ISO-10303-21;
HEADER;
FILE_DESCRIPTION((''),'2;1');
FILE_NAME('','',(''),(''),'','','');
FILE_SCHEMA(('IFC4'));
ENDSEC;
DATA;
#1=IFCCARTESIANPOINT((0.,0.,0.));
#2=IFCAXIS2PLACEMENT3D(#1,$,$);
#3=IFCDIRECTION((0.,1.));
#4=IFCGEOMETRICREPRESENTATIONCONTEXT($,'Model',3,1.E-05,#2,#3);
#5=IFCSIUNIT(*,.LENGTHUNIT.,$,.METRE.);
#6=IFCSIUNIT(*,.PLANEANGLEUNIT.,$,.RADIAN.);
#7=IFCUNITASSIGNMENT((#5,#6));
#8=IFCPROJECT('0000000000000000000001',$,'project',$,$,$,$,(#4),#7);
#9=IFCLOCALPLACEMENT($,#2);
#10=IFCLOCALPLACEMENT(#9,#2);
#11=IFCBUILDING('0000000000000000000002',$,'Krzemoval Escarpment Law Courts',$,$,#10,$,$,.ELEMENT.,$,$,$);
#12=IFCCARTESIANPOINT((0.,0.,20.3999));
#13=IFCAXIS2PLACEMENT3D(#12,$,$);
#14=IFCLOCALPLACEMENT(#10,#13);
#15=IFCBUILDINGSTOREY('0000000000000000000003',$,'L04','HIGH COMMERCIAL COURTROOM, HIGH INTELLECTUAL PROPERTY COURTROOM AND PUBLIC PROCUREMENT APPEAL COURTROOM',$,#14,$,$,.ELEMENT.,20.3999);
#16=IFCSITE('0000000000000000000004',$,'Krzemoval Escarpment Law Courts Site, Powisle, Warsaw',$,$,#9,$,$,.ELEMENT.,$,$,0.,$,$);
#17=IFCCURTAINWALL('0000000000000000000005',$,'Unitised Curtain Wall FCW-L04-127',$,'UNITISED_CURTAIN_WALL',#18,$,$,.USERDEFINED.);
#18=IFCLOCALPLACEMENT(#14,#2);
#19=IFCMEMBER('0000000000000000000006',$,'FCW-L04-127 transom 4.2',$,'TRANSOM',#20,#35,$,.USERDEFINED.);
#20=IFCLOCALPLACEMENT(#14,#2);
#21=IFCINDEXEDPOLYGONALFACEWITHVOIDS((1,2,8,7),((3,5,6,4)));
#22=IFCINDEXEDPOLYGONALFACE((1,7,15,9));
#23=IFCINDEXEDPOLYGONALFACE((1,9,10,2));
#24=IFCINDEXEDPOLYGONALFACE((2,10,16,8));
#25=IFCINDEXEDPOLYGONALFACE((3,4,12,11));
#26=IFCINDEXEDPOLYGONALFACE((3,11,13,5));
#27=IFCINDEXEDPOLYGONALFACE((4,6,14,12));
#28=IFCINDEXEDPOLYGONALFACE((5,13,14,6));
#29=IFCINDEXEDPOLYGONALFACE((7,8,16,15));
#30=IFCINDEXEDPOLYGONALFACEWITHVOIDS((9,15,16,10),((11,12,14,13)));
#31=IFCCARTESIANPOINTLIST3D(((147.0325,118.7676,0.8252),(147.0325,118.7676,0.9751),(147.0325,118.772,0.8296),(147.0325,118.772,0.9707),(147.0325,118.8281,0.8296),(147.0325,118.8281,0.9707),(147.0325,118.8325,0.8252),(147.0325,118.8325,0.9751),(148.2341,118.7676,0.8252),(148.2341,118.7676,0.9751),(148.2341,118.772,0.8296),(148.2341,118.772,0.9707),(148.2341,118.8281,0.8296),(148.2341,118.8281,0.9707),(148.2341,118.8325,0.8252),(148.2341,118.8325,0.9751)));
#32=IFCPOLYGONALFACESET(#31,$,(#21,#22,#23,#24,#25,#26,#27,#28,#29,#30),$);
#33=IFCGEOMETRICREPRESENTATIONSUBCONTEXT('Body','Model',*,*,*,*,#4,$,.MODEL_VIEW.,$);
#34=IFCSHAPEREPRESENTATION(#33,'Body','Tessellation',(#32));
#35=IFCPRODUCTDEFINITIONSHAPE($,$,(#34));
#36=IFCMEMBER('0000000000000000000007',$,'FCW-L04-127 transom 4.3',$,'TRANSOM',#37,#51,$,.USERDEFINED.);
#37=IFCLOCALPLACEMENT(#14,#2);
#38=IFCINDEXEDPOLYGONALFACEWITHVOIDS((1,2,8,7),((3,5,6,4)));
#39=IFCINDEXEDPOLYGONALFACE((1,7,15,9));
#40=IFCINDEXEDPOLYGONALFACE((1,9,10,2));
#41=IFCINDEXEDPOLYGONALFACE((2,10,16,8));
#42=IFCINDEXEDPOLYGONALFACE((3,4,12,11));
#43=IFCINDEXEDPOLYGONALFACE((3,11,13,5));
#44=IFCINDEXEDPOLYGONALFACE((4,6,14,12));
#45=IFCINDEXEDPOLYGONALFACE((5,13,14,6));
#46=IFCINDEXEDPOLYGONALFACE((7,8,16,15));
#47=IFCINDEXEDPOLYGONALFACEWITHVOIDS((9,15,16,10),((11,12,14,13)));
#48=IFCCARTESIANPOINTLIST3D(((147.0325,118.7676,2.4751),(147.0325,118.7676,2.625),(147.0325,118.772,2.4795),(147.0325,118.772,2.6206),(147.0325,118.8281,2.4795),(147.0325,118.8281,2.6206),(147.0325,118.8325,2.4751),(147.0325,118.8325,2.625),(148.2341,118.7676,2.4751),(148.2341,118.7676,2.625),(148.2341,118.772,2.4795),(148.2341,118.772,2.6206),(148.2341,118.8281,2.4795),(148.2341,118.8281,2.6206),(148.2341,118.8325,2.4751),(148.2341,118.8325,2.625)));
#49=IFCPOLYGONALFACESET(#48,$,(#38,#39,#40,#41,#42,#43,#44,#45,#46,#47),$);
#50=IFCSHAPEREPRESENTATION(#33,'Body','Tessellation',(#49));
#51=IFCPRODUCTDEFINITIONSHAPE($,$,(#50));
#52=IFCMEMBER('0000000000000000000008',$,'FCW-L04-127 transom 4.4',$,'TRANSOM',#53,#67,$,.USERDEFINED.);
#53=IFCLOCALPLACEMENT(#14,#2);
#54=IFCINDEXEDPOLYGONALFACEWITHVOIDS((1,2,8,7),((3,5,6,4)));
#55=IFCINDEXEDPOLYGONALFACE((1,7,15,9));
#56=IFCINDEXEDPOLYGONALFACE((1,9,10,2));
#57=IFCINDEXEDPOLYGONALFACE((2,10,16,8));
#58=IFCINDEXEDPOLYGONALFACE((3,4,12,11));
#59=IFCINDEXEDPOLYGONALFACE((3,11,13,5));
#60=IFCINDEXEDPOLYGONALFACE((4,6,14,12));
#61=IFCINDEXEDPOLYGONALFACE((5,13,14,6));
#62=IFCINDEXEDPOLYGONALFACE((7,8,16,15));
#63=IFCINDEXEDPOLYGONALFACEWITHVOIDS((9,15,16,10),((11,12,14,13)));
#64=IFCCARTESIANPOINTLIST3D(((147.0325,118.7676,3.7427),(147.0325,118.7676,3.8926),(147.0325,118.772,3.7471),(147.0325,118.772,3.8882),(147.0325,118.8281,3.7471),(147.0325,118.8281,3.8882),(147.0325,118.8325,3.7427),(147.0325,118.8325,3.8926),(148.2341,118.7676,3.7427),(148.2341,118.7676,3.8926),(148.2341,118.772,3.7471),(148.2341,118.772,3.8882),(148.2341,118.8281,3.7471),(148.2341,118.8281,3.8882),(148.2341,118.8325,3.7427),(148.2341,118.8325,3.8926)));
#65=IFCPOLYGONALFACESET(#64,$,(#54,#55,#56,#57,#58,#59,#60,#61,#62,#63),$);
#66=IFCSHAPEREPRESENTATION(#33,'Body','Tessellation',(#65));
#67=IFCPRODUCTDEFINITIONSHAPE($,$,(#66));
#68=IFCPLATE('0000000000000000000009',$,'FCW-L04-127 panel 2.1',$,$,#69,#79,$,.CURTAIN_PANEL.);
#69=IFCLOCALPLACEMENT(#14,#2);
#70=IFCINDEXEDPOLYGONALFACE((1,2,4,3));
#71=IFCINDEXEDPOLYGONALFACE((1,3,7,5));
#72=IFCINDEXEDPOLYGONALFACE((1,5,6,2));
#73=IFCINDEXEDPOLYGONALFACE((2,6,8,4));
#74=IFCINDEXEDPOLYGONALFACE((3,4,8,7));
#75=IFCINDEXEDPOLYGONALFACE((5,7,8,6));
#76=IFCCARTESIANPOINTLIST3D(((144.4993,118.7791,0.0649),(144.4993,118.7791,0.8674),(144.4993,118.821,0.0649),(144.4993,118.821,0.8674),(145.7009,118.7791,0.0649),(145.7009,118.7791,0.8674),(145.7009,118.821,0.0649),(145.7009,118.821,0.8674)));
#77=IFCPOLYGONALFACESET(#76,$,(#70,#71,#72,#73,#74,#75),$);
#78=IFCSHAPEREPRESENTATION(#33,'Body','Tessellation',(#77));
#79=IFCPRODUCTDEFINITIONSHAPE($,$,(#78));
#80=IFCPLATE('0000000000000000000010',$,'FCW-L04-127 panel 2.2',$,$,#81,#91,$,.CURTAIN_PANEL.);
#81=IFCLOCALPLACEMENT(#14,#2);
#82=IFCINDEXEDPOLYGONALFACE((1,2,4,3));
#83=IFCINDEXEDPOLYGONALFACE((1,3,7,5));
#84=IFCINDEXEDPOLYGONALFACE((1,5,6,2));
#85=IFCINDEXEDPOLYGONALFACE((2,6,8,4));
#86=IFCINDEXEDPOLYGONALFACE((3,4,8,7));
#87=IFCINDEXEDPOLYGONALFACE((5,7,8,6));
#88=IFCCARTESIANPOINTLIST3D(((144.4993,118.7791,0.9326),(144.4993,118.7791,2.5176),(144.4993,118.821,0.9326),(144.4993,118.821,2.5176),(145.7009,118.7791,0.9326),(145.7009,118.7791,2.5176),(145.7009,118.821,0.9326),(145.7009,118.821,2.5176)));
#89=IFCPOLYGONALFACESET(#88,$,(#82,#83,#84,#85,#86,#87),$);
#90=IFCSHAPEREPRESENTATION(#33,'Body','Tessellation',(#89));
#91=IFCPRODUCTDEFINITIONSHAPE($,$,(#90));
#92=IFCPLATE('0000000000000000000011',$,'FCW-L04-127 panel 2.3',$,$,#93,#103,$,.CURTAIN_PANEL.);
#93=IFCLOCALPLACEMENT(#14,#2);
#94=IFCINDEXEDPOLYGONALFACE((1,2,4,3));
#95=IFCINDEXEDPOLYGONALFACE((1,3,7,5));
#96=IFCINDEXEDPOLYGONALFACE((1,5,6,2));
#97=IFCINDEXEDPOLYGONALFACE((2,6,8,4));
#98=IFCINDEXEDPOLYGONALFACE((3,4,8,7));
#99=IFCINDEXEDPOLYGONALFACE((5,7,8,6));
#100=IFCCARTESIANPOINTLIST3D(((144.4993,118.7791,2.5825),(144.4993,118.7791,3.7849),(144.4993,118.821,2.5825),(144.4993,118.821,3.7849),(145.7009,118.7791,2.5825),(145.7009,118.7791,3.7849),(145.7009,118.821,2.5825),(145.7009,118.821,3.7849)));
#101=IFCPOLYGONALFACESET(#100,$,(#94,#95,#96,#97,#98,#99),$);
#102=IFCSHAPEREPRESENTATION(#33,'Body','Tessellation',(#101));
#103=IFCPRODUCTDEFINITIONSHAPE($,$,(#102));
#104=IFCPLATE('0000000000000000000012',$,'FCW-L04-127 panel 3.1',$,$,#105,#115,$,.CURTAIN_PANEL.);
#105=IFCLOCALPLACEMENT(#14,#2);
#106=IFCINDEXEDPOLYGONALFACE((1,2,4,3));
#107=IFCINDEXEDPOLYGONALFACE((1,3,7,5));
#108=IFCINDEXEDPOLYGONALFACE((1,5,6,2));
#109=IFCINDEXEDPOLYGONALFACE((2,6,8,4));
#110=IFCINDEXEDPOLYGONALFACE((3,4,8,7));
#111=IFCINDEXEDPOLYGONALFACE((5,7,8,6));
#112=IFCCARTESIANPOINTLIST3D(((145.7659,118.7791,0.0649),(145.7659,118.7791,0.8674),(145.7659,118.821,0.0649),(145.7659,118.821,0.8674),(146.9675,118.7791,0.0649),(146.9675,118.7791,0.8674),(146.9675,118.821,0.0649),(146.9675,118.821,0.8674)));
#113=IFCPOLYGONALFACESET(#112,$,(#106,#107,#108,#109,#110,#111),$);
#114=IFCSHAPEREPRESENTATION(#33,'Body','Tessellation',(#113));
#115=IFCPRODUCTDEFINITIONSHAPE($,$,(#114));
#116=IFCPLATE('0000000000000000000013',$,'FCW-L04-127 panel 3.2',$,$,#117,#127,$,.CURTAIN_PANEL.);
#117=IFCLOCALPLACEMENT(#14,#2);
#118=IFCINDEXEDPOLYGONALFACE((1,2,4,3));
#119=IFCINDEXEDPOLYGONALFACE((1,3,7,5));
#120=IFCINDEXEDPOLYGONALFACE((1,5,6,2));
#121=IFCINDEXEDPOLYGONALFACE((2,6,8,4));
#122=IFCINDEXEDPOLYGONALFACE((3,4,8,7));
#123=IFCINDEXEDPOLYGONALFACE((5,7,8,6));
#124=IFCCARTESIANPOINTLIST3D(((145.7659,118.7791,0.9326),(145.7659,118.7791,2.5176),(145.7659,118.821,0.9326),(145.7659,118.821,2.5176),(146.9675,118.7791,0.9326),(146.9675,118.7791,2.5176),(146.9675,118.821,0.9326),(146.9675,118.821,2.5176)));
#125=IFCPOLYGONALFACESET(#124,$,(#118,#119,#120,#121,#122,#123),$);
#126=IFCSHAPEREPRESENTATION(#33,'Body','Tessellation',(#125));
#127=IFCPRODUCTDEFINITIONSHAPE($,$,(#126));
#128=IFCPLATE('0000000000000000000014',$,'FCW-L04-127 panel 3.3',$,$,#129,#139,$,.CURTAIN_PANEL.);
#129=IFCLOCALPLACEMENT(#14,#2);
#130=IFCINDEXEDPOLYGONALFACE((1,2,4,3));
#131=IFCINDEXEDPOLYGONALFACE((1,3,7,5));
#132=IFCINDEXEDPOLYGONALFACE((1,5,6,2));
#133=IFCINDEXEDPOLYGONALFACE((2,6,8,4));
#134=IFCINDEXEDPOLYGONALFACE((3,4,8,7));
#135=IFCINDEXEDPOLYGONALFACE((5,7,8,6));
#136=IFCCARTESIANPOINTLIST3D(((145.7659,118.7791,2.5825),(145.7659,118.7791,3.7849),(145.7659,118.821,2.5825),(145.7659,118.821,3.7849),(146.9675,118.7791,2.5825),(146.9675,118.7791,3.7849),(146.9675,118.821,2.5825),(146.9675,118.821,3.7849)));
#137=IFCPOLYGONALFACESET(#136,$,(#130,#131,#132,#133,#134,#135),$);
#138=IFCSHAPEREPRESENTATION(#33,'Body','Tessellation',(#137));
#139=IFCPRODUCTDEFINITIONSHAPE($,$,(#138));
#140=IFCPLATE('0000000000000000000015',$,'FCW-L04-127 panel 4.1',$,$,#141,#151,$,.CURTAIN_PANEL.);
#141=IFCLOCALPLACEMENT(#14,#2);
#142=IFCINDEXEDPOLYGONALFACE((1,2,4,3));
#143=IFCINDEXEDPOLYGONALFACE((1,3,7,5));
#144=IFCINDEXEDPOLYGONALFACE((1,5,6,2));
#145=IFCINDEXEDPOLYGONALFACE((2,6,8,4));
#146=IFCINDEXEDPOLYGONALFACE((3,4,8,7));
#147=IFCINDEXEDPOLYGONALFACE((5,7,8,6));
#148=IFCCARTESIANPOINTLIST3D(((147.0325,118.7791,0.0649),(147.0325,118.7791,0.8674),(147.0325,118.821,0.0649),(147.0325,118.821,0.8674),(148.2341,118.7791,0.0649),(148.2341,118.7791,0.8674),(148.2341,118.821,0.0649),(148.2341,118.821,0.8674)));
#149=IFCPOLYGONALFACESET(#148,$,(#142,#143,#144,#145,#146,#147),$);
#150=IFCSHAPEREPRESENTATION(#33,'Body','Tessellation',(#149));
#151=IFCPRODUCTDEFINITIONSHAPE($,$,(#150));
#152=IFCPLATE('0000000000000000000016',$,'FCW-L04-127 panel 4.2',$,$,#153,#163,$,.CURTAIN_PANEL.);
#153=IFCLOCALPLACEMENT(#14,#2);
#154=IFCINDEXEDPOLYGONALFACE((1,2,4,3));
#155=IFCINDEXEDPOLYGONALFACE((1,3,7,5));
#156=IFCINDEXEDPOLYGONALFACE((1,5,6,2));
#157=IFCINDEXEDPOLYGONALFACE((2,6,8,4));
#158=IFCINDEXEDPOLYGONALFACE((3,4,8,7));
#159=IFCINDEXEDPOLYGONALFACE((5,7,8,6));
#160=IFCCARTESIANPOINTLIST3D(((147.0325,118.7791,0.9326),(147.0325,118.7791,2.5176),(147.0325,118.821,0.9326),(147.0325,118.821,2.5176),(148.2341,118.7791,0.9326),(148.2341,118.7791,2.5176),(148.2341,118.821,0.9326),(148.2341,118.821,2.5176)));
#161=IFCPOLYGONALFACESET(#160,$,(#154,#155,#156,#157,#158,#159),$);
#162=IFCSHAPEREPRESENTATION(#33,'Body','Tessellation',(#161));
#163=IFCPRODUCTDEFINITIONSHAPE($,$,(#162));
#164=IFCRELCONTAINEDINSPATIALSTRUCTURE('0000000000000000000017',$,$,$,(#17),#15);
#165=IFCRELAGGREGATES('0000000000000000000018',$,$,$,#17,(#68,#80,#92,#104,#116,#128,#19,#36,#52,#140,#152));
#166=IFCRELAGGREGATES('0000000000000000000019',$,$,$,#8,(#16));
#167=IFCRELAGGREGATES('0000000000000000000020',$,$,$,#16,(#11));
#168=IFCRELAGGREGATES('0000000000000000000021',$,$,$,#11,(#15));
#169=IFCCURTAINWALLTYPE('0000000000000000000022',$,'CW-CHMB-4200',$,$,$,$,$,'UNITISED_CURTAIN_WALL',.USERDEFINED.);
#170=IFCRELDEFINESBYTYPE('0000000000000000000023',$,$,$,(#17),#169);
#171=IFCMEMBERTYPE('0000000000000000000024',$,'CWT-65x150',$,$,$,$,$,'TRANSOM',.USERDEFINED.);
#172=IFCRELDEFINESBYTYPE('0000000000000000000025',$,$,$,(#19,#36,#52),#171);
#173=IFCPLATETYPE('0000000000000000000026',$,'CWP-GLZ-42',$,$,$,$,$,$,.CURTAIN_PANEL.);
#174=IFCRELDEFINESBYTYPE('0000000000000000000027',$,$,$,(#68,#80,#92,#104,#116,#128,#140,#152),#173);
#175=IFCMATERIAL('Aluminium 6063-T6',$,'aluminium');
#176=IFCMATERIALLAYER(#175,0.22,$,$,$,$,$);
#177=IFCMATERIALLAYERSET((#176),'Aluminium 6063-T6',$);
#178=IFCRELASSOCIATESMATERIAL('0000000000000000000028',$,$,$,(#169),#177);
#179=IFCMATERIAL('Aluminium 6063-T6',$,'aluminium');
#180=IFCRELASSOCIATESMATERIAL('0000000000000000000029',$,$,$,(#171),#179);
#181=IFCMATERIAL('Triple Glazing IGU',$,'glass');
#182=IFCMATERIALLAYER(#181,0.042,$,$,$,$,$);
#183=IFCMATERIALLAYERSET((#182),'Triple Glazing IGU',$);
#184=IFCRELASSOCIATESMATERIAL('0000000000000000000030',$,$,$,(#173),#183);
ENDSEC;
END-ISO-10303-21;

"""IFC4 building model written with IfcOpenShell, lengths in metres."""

from ifc_helpers import new_model, si_unit, direction, frame, origin, origin_2d, place, context, subcontext, project, spatial, rectangle, hollow_rectangle, extrude, material, layer, layer_set, material_profile, profile_set, type_object, element, aggregate, save


model = new_model("IFC4")

# Units and contexts
model_context = context("Model", 3, precision=1e-05, world=origin(), true_north=direction((0.0, 1.0)))
body_context = subcontext(model_context, "Body", "Model", "MODEL_VIEW")
ifc_project = project(units=[si_unit("LENGTHUNIT", "METRE"), si_unit("PLANEANGLEUNIT", "RADIAN")], contexts=[model_context])

# Site, building, storey
site_placement = place(None, origin())
site = spatial("IfcSite", under=ifc_project, at=site_placement, Name="Krzemoval Escarpment Law Courts Site, Powisle, Warsaw", CompositionType="ELEMENT", RefElevation=0.0)
building_placement = place(site_placement, origin())
building = spatial("IfcBuilding", under=site, at=building_placement, Name="Krzemoval Escarpment Law Courts", CompositionType="ELEMENT")
storey_placement = place(building_placement, frame((0.0, 0.0, 20.3999)))
storey = spatial("IfcBuildingStorey", under=building, at=storey_placement, Name="L04", Description="HIGH COMMERCIAL COURTROOM, HIGH INTELLECTUAL PROPERTY COURTROOM AND PUBLIC PROCUREMENT APPEAL COURTROOM", CompositionType="ELEMENT", Elevation=20.3999)

# Curtain wall, members, plates
ifc_material_1 = material(Name="Aluminium 6063-T6", Category="aluminium")
ifc_layer_1 = layer(ifc_material_1, 0.22)
ifc_layer_set_1 = layer_set([ifc_layer_1], Name="Aluminium 6063-T6")
curtain_wall_type = type_object("IfcCurtainWallType", Name="CW-CHMB-4200", ElementType="UNITISED_CURTAIN_WALL", PredefinedType="USERDEFINED", material=ifc_layer_set_1)
curtain_wall_placement = place(storey_placement, origin())
curtain_wall = element("IfcCurtainWall", 1, at=curtain_wall_placement, inside=storey, type_object=curtain_wall_type, Name="Unitised Curtain Wall FCW-L04-127", ObjectType="UNITISED_CURTAIN_WALL", PredefinedType="USERDEFINED")
ifc_material_2 = material(Name="Aluminium 6063-T6", Category="aluminium")
ifc_material_profile_1 = material_profile(ifc_material_2, hollow_rectangle(XDim=0.0649, YDim=0.1499, WallThickness=0.0044, at=origin_2d()), Name="ALU T65x150")
ifc_profile_set_1 = profile_set([ifc_material_profile_1], Name="Aluminium 6063-T6")
member_type_1 = type_object("IfcMemberType", Name="CWT-65x150", ElementType="TRANSOM", PredefinedType="USERDEFINED", material=ifc_profile_set_1)
member_1_placement = place(storey_placement, frame((147.0325, 118.8, 0.9001), z_axis=(1.0, 0.0, 0.0), x_axis=(0.0, 1.0, 0.0)))
member_1 = element("IfcMember", 2, at=member_1_placement, type_object=member_type_1, Name="FCW-L04-127 transom 4.2", ObjectType="TRANSOM", PredefinedType="USERDEFINED", context=body_context, shape_type="SweptSolid", body=[
    extrude(hollow_rectangle(XDim=0.0649, YDim=0.1499, WallThickness=0.0044, at=origin_2d()), origin(), (0.0, 0.0, 1.0), 1.2017),
])
member_2_placement = place(storey_placement, frame((147.0325, 118.8, 2.55), z_axis=(1.0, 0.0, 0.0), x_axis=(0.0, 1.0, 0.0)))
member_2 = element("IfcMember", 3, at=member_2_placement, type_object=member_type_1, Name="FCW-L04-127 transom 4.3", ObjectType="TRANSOM", PredefinedType="USERDEFINED", context=body_context, shape_type="SweptSolid", body=[
    extrude(hollow_rectangle(XDim=0.0649, YDim=0.1499, WallThickness=0.0044, at=origin_2d()), origin(), (0.0, 0.0, 1.0), 1.2017),
])
member_3_placement = place(storey_placement, frame((147.0325, 118.8, 3.8176), z_axis=(1.0, 0.0, 0.0), x_axis=(0.0, 1.0, 0.0)))
member_3 = element("IfcMember", 4, at=member_3_placement, type_object=member_type_1, Name="FCW-L04-127 transom 4.4", ObjectType="TRANSOM", PredefinedType="USERDEFINED", context=body_context, shape_type="SweptSolid", body=[
    extrude(hollow_rectangle(XDim=0.0649, YDim=0.1499, WallThickness=0.0044, at=origin_2d()), origin(), (0.0, 0.0, 1.0), 1.2017),
])
ifc_material_3 = material(Name="Triple Glazing IGU", Category="glass")
ifc_layer_2 = layer(ifc_material_3, 0.042)
ifc_layer_set_2 = layer_set([ifc_layer_2], Name="Triple Glazing IGU")
plate_type = type_object("IfcPlateType", Name="CWP-GLZ-42", PredefinedType="CURTAIN_PANEL", material=ifc_layer_set_2)
plate_1_placement = place(storey_placement, frame((145.1001, 118.8, 0.0649), z_axis=(0.0, 0.0, 1.0), x_axis=(1.0, 0.0, 0.0)))
plate_1 = element("IfcPlate", 5, at=plate_1_placement, type_object=plate_type, Name="FCW-L04-127 panel 2.1", PredefinedType="CURTAIN_PANEL", context=body_context, shape_type="SweptSolid", body=[
    extrude(rectangle(XDim=1.2017, YDim=0.042, at=origin_2d()), origin(), (0.0, 0.0, 1.0), 0.8025),
])
plate_2_placement = place(storey_placement, frame((145.1001, 118.8, 0.9326), z_axis=(0.0, 0.0, 1.0), x_axis=(1.0, 0.0, 0.0)))
plate_2 = element("IfcPlate", 6, at=plate_2_placement, type_object=plate_type, Name="FCW-L04-127 panel 2.2", PredefinedType="CURTAIN_PANEL", context=body_context, shape_type="SweptSolid", body=[
    extrude(rectangle(XDim=1.2017, YDim=0.042, at=origin_2d()), origin(), (0.0, 0.0, 1.0), 1.585),
])
plate_3_placement = place(storey_placement, frame((145.1001, 118.8, 2.5825), z_axis=(0.0, 0.0, 1.0), x_axis=(1.0, 0.0, 0.0)))
plate_3 = element("IfcPlate", 7, at=plate_3_placement, type_object=plate_type, Name="FCW-L04-127 panel 2.3", PredefinedType="CURTAIN_PANEL", context=body_context, shape_type="SweptSolid", body=[
    extrude(rectangle(XDim=1.2017, YDim=0.042, at=origin_2d()), origin(), (0.0, 0.0, 1.0), 1.2024),
])
plate_4_placement = place(storey_placement, frame((146.3667, 118.8, 0.0649), z_axis=(0.0, 0.0, 1.0), x_axis=(1.0, 0.0, 0.0)))
plate_4 = element("IfcPlate", 8, at=plate_4_placement, type_object=plate_type, Name="FCW-L04-127 panel 3.1", PredefinedType="CURTAIN_PANEL", context=body_context, shape_type="SweptSolid", body=[
    extrude(rectangle(XDim=1.2017, YDim=0.042, at=origin_2d()), origin(), (0.0, 0.0, 1.0), 0.8025),
])
plate_5_placement = place(storey_placement, frame((146.3667, 118.8, 0.9326), z_axis=(0.0, 0.0, 1.0), x_axis=(1.0, 0.0, 0.0)))
plate_5 = element("IfcPlate", 9, at=plate_5_placement, type_object=plate_type, Name="FCW-L04-127 panel 3.2", PredefinedType="CURTAIN_PANEL", context=body_context, shape_type="SweptSolid", body=[
    extrude(rectangle(XDim=1.2017, YDim=0.042, at=origin_2d()), origin(), (0.0, 0.0, 1.0), 1.585),
])
plate_6_placement = place(storey_placement, frame((146.3667, 118.8, 2.5825), z_axis=(0.0, 0.0, 1.0), x_axis=(1.0, 0.0, 0.0)))
plate_6 = element("IfcPlate", 10, at=plate_6_placement, type_object=plate_type, Name="FCW-L04-127 panel 3.3", PredefinedType="CURTAIN_PANEL", context=body_context, shape_type="SweptSolid", body=[
    extrude(rectangle(XDim=1.2017, YDim=0.042, at=origin_2d()), origin(), (0.0, 0.0, 1.0), 1.2024),
])
plate_7_placement = place(storey_placement, frame((147.6333, 118.8, 0.0649), z_axis=(0.0, 0.0, 1.0), x_axis=(1.0, 0.0, 0.0)))
plate_7 = element("IfcPlate", 11, at=plate_7_placement, type_object=plate_type, Name="FCW-L04-127 panel 4.1", PredefinedType="CURTAIN_PANEL", context=body_context, shape_type="SweptSolid", body=[
    extrude(rectangle(XDim=1.2017, YDim=0.042, at=origin_2d()), origin(), (0.0, 0.0, 1.0), 0.8025),
])
plate_8_placement = place(storey_placement, frame((147.6333, 118.8, 0.9326), z_axis=(0.0, 0.0, 1.0), x_axis=(1.0, 0.0, 0.0)))
plate_8 = element("IfcPlate", 12, at=plate_8_placement, type_object=plate_type, Name="FCW-L04-127 panel 4.2", PredefinedType="CURTAIN_PANEL", context=body_context, shape_type="SweptSolid", body=[
    extrude(rectangle(XDim=1.2017, YDim=0.042, at=origin_2d()), origin(), (0.0, 0.0, 1.0), 1.585),
])
aggregate(curtain_wall, [plate_1, plate_2, plate_3, plate_4, plate_5, plate_6, member_1, member_2, member_3, plate_7, plate_8])

save(model, "model.ifc")
